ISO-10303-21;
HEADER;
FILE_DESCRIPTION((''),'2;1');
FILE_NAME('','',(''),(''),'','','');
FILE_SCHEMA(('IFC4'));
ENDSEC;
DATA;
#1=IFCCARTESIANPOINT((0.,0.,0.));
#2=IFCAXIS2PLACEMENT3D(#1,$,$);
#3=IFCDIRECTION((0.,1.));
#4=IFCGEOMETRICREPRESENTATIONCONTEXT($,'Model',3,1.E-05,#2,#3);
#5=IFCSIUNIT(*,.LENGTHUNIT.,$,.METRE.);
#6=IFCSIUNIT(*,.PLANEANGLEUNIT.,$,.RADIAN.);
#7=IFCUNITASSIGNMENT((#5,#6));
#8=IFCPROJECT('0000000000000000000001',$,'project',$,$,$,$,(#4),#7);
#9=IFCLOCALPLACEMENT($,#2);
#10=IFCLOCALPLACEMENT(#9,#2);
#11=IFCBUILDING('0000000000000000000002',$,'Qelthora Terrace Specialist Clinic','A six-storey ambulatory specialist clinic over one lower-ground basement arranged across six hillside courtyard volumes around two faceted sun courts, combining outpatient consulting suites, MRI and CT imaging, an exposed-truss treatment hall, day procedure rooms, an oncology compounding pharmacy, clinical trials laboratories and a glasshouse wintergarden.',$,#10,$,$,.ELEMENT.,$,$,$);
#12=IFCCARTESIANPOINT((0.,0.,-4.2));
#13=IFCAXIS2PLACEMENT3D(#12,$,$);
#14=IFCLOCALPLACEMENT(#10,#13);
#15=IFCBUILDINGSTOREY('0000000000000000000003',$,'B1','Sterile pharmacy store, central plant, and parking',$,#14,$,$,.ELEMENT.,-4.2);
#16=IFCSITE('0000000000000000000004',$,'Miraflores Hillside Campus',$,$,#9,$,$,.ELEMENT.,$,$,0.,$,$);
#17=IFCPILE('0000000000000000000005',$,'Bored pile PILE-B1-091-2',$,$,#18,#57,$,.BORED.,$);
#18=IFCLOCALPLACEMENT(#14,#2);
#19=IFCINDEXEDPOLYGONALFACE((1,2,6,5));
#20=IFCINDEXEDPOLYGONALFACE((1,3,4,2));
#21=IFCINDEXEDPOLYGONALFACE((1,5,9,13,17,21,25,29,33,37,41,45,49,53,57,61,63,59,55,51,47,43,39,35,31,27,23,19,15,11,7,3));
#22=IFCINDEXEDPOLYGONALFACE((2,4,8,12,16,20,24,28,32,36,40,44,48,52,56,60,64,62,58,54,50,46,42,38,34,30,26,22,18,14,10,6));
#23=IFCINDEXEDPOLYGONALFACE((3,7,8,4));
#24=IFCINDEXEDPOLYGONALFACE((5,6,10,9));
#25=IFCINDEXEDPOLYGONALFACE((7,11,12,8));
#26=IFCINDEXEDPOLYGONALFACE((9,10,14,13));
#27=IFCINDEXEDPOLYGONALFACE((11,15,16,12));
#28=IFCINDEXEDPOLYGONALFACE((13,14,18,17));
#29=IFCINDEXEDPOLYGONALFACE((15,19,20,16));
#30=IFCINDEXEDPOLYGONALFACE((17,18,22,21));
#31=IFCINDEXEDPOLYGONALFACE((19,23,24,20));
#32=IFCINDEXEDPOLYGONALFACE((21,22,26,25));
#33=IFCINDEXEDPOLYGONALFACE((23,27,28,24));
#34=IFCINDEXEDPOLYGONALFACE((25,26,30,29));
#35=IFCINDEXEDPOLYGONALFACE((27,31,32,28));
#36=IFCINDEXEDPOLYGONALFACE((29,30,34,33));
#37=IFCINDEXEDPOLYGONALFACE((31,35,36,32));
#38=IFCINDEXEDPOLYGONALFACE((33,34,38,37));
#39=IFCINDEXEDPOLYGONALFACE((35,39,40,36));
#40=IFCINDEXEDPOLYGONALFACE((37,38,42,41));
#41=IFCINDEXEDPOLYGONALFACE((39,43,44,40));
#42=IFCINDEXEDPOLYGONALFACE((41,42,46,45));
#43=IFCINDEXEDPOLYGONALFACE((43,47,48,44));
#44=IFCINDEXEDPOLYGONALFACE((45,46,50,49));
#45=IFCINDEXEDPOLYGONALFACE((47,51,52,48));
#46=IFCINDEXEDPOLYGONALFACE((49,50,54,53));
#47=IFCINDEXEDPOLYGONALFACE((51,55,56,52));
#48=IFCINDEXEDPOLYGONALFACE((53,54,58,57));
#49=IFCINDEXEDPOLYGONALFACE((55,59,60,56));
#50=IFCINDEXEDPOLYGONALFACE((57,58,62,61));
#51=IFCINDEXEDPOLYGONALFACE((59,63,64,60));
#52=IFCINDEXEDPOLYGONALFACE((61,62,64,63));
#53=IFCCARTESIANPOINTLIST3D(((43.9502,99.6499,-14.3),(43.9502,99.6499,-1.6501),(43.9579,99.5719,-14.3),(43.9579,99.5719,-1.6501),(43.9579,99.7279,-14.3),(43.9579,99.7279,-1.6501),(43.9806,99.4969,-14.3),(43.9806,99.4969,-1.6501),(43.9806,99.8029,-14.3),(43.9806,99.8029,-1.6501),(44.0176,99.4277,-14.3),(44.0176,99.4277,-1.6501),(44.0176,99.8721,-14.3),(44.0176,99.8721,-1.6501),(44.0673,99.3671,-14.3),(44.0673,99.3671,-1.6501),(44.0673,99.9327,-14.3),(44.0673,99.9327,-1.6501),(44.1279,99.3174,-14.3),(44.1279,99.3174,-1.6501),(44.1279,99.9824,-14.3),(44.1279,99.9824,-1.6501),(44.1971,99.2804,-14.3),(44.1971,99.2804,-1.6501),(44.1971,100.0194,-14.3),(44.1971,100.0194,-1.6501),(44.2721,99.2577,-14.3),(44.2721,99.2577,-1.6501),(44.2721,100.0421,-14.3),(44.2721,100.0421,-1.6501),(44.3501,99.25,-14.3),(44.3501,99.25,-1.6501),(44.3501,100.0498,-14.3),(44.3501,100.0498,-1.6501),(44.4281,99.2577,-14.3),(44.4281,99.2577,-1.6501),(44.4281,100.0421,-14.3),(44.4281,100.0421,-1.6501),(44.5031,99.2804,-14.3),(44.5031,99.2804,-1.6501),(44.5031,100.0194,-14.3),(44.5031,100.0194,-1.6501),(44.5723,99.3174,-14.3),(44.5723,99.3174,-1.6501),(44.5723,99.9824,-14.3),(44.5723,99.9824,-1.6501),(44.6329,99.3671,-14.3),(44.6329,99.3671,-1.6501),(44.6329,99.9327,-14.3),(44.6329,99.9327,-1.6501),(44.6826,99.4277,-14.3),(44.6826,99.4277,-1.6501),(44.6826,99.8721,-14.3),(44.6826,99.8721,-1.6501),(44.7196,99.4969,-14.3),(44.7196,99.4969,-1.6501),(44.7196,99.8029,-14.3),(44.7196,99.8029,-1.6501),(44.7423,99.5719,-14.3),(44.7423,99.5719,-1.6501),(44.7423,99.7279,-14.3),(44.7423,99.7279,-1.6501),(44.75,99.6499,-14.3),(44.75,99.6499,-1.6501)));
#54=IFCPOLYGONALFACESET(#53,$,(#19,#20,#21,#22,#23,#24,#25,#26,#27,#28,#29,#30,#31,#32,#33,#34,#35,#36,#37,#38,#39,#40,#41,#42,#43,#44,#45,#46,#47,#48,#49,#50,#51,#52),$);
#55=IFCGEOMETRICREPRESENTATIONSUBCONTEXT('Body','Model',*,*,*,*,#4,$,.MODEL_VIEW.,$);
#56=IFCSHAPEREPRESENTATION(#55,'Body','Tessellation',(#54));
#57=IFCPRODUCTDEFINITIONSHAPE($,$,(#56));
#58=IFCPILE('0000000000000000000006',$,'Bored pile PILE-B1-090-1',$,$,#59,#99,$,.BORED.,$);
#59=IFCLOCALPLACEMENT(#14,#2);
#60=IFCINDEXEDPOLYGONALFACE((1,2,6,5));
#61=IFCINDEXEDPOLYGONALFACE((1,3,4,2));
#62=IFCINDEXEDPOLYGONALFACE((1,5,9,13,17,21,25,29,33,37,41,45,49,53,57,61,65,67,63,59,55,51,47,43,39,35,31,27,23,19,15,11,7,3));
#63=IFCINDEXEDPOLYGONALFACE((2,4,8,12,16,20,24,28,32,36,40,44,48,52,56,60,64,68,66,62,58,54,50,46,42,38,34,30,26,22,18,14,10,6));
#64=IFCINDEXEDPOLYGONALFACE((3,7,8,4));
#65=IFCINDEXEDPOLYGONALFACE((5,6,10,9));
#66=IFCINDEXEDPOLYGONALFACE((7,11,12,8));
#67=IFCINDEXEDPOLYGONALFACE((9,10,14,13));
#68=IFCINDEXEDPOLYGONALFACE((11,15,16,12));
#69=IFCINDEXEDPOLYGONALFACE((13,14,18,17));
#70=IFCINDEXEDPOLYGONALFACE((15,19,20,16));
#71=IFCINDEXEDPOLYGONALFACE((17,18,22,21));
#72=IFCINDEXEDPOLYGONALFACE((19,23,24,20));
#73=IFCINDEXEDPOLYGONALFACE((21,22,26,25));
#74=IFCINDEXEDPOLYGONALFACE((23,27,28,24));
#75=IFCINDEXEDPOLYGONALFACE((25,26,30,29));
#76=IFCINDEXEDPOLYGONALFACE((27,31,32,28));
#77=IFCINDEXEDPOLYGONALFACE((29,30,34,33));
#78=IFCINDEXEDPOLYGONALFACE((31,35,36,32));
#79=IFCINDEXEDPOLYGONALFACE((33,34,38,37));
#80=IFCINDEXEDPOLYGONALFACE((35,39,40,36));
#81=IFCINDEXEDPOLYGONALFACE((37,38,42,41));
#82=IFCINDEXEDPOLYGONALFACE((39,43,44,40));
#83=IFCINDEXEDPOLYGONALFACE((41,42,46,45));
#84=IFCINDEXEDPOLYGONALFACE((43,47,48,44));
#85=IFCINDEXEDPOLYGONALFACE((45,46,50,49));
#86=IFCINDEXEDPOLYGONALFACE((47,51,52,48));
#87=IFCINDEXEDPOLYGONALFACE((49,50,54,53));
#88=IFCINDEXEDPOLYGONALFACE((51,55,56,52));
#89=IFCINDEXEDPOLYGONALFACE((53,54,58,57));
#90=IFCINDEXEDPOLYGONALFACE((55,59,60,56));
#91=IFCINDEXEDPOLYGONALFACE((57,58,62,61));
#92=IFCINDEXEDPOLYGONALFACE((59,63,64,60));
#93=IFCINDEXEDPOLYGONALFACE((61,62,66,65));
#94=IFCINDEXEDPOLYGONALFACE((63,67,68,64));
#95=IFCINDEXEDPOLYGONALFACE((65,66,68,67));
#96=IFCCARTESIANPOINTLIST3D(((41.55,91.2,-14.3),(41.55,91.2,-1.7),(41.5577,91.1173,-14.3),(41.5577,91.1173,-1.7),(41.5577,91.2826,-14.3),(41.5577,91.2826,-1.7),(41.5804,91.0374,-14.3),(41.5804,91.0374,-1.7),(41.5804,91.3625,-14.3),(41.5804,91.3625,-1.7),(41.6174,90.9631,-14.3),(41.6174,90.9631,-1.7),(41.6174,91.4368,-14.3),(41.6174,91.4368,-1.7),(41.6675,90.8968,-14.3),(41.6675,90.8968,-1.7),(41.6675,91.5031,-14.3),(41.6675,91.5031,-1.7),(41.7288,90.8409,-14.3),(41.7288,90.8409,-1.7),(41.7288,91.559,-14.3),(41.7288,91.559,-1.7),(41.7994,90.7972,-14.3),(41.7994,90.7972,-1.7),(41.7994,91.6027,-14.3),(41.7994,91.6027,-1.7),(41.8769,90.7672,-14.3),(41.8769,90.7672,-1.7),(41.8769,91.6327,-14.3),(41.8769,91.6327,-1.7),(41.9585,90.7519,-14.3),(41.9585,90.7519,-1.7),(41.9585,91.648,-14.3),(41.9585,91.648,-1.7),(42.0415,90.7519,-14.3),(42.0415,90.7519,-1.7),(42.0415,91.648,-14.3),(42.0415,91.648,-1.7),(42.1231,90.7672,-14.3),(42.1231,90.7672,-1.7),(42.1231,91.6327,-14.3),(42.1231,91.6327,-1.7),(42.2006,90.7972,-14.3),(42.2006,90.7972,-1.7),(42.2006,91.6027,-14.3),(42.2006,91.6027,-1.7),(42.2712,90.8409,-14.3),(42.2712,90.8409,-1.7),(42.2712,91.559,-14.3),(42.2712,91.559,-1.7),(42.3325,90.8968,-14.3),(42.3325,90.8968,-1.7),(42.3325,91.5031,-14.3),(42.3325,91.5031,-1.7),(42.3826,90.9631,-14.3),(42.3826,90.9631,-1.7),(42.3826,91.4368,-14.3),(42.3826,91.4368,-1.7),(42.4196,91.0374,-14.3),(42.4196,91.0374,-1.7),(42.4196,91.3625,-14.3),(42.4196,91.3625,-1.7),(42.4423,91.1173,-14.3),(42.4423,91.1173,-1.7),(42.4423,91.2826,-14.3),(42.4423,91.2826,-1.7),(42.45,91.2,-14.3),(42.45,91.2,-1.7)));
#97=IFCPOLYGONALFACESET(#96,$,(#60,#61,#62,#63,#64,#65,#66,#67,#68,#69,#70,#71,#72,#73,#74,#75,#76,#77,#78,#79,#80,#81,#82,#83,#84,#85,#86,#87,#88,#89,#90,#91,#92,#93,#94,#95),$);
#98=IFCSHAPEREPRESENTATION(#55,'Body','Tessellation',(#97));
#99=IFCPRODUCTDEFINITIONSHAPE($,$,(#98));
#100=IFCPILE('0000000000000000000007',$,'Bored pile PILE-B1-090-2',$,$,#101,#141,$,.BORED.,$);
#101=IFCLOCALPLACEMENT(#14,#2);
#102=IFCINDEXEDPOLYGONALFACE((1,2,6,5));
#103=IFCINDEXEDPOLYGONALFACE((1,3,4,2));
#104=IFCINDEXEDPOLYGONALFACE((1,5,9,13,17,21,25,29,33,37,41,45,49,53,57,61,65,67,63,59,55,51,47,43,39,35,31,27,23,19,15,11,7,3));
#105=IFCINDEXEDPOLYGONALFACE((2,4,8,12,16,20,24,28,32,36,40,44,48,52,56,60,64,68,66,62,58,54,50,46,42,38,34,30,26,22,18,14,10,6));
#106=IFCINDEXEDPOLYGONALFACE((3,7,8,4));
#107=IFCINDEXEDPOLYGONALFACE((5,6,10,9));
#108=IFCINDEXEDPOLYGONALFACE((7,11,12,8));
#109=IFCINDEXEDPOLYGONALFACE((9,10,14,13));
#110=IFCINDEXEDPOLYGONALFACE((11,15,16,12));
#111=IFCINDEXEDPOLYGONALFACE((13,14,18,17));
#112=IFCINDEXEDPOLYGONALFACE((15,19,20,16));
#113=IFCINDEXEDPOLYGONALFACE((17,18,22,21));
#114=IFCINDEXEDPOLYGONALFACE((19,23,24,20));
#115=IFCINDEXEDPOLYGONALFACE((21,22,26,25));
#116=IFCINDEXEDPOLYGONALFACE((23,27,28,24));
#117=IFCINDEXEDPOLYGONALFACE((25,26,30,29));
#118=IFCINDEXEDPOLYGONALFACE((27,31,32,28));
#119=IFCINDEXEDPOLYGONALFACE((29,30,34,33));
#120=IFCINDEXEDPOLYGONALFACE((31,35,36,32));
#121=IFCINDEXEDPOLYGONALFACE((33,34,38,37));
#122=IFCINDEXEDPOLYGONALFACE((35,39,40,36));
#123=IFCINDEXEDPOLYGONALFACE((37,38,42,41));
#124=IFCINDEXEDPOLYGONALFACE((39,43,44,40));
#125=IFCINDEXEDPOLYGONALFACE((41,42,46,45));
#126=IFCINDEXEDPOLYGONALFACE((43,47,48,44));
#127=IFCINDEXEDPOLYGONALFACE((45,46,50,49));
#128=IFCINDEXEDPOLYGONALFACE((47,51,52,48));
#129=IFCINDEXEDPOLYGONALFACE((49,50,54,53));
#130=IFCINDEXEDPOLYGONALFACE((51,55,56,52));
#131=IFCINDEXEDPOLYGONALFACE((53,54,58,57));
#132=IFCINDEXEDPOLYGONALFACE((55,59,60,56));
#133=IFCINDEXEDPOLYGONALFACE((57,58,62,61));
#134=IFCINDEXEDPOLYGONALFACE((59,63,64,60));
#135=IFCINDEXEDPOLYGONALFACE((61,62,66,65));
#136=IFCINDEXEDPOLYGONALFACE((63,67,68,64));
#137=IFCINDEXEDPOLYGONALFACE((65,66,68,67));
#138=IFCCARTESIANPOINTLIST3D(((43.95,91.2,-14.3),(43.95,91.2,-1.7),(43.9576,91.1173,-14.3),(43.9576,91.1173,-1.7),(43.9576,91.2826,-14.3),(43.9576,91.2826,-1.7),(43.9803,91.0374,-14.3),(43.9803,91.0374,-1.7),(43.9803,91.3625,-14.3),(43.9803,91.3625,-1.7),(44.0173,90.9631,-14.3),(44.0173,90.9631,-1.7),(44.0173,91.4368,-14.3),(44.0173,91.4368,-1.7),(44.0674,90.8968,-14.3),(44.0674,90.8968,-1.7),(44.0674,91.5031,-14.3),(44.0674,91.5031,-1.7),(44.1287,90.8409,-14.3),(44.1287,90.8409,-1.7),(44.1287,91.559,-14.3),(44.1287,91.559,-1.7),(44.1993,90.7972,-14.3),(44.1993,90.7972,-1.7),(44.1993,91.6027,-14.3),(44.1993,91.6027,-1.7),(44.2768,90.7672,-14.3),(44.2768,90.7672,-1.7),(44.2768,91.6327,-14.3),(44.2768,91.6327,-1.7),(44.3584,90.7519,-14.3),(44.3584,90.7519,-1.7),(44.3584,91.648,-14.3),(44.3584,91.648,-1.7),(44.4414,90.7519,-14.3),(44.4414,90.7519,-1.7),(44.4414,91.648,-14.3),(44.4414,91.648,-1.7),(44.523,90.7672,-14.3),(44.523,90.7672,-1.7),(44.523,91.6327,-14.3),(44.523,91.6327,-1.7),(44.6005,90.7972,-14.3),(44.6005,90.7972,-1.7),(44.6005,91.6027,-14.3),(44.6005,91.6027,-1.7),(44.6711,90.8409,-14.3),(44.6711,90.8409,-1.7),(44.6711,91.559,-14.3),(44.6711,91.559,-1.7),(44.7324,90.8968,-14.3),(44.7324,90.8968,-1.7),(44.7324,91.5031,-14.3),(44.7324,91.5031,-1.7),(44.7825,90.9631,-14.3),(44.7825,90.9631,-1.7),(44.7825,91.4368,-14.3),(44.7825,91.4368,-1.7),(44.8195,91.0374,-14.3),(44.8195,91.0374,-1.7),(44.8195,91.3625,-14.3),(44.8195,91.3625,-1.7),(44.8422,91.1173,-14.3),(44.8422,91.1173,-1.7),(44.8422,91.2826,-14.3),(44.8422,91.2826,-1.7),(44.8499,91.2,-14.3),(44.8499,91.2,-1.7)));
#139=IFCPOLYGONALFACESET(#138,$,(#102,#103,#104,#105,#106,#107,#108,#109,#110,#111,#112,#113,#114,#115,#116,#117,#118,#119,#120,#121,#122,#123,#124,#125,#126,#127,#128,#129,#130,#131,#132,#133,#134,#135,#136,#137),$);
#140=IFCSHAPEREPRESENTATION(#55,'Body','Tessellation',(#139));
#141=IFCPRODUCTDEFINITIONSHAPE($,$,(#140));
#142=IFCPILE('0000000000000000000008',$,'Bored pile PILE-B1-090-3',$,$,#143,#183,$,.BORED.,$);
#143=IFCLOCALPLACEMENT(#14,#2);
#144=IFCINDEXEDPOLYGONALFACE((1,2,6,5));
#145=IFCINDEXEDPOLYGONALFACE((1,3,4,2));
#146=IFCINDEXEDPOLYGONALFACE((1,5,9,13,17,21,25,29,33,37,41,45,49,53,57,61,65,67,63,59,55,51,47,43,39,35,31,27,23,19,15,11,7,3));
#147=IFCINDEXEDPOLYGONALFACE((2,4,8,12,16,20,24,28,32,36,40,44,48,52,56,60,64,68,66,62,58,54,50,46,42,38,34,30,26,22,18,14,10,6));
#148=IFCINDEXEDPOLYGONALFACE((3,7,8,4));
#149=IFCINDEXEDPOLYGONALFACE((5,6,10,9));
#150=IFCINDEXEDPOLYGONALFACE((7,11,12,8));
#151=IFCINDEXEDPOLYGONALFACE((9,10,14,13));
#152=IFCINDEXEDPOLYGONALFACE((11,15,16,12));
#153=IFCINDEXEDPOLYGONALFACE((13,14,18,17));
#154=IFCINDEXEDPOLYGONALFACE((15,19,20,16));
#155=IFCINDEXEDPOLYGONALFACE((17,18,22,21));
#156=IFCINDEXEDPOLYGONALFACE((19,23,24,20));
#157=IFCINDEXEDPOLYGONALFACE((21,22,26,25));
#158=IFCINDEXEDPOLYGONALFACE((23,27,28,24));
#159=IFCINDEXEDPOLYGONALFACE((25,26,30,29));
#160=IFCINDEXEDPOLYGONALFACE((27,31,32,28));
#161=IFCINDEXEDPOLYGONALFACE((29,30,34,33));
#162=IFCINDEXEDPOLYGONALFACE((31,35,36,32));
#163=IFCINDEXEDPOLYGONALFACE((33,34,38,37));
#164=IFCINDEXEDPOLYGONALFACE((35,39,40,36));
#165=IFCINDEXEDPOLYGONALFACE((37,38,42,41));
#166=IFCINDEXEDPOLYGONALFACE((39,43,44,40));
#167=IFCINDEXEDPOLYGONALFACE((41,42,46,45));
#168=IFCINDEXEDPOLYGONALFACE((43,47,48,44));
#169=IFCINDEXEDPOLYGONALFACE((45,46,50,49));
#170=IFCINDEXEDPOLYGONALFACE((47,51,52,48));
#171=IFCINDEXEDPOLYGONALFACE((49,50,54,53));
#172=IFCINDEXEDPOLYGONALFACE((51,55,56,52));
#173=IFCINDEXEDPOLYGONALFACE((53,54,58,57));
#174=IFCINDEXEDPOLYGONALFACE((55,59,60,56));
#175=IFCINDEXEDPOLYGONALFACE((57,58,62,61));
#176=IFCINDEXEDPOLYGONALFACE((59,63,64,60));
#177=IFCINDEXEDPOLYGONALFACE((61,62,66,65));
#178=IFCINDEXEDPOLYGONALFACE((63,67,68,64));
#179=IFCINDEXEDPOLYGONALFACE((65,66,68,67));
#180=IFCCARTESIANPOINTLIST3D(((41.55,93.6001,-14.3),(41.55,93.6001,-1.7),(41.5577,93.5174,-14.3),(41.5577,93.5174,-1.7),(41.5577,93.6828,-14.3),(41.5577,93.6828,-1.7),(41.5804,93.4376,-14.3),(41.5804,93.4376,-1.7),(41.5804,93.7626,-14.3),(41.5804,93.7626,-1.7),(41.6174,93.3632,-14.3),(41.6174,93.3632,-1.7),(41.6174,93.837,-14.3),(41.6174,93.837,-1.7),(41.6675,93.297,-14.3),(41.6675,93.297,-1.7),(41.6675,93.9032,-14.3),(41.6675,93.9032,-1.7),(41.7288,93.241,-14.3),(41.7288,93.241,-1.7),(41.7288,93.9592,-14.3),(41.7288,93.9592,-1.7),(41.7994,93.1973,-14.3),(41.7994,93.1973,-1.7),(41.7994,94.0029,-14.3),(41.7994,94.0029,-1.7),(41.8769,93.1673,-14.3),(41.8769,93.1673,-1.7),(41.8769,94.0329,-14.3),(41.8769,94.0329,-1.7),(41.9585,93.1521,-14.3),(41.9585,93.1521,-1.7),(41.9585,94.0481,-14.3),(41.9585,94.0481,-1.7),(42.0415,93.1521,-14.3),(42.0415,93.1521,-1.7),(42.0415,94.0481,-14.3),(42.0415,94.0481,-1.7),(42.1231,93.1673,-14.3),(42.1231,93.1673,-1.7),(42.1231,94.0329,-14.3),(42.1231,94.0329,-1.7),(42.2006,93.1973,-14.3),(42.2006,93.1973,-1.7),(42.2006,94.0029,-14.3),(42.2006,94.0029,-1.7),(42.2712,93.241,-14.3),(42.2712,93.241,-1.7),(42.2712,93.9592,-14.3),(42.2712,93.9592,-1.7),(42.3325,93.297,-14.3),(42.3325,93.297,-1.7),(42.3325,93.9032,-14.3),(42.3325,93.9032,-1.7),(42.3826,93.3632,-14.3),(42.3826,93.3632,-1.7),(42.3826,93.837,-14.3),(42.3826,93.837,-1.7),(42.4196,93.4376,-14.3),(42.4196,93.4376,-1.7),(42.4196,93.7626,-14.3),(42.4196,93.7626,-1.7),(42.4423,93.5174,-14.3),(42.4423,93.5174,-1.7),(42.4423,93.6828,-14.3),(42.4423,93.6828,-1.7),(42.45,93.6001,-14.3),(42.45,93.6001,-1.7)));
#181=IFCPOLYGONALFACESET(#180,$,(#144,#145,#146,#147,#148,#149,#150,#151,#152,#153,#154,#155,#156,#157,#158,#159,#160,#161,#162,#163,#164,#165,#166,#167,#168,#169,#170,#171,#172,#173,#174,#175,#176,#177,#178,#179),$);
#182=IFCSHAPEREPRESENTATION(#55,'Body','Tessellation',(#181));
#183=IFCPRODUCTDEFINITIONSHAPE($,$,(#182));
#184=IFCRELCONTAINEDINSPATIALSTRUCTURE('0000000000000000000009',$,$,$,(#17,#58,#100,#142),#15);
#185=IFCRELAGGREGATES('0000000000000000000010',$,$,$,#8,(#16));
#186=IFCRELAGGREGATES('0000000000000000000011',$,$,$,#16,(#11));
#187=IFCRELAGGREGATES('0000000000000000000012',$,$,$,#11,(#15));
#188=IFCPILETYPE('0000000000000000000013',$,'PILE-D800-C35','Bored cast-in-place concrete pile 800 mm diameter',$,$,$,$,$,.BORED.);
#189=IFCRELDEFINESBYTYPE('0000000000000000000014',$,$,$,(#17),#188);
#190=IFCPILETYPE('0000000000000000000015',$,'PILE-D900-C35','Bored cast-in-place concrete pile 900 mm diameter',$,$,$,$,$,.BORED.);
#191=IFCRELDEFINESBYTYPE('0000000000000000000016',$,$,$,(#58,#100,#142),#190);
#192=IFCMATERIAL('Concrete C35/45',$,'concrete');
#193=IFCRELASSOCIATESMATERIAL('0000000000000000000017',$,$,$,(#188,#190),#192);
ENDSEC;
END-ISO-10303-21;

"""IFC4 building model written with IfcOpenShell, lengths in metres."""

from ifc_helpers import new_model, si_unit, direction, frame, origin, origin_2d, place, context, subcontext, project, spatial, circle, extrude, material, material_profile, profile_set, type_object, element, save


model = new_model("IFC4")

# Units and contexts
model_context = context("Model", 3, precision=1e-05, world=origin(), true_north=direction((0.0, 1.0)))
body_context = subcontext(model_context, "Body", "Model", "MODEL_VIEW")
ifc_project = project(units=[si_unit("LENGTHUNIT", "METRE"), si_unit("PLANEANGLEUNIT", "RADIAN")], contexts=[model_context])

# Site, building, storey
site_placement = place(None, origin())
site = spatial("IfcSite", under=ifc_project, at=site_placement, Name="Miraflores Hillside Campus", CompositionType="ELEMENT", RefElevation=0.0)
building_placement = place(site_placement, origin())
building = spatial("IfcBuilding", under=site, at=building_placement, Name="Qelthora Terrace Specialist Clinic", Description="A six-storey ambulatory specialist clinic over one lower-ground basement arranged across six hillside courtyard volumes around two faceted sun courts, combining outpatient consulting suites, MRI and CT imaging, an exposed-truss treatment hall, day procedure rooms, an oncology compounding pharmacy, clinical trials laboratories and a glasshouse wintergarden.", CompositionType="ELEMENT")
storey_placement = place(building_placement, frame((0.0, 0.0, -4.2)))
storey = spatial("IfcBuildingStorey", under=building, at=storey_placement, Name="B1", Description="Sterile pharmacy store, central plant, and parking", CompositionType="ELEMENT", Elevation=-4.2)

# Shared definitions
ifc_material_1 = material(Name="Concrete C35/45", Category="concrete")

# Piles
ifc_material_profile_1 = material_profile(ifc_material_1, circle(Radius=0.3999, at=origin_2d()), Name="PILE800")
ifc_profile_set_1 = profile_set([ifc_material_profile_1], Name="Concrete C35/45")
pile_type_1 = type_object("IfcPileType", Name="PILE-D800-C35", Description="Bored cast-in-place concrete pile 800 mm diameter", PredefinedType="BORED", material=ifc_profile_set_1)
for number, where, z_axis, x_axis, name in (
    (1, (44.3501, 99.6499, -1.6501), (0.0, 0.0, -1.0), (1.0, 0.0, 0.0), "Bored pile PILE-B1-091-2"),
):
    element("IfcPile", number, at=place(storey_placement, frame(where, z_axis=z_axis, x_axis=x_axis)), inside=storey, type_object=pile_type_1, Name=name, PredefinedType="BORED", context=body_context, shape_type="SweptSolid", body=[
        extrude(circle(Radius=0.3999, at=origin_2d()), origin(), (0.0, 0.0, 1.0), 12.6499),
    ])
ifc_material_profile_2 = material_profile(ifc_material_1, circle(Radius=0.45, at=origin_2d()), Name="PILE900")
ifc_profile_set_2 = profile_set([ifc_material_profile_2], Name="Concrete C35/45")
pile_type_2 = type_object("IfcPileType", Name="PILE-D900-C35", Description="Bored cast-in-place concrete pile 900 mm diameter", PredefinedType="BORED", material=ifc_profile_set_2)
for number, where, z_axis, x_axis, name in (
    (2, (42.0, 91.2, -1.7), (0.0, 0.0, -1.0), (1.0, 0.0, 0.0), "Bored pile PILE-B1-090-1"),
    (3, (44.3999, 91.2, -1.7), (0.0, 0.0, -1.0), (1.0, 0.0, 0.0), "Bored pile PILE-B1-090-2"),
    (4, (42.0, 93.6001, -1.7), (0.0, 0.0, -1.0), (1.0, 0.0, 0.0), "Bored pile PILE-B1-090-3"),
):
    element("IfcPile", number, at=place(storey_placement, frame(where, z_axis=z_axis, x_axis=x_axis)), inside=storey, type_object=pile_type_2, Name=name, PredefinedType="BORED", context=body_context, shape_type="SweptSolid", body=[
        extrude(circle(Radius=0.45, at=origin_2d()), origin(), (0.0, 0.0, 1.0), 12.6001),
    ])

save(model, "model.ifc")
